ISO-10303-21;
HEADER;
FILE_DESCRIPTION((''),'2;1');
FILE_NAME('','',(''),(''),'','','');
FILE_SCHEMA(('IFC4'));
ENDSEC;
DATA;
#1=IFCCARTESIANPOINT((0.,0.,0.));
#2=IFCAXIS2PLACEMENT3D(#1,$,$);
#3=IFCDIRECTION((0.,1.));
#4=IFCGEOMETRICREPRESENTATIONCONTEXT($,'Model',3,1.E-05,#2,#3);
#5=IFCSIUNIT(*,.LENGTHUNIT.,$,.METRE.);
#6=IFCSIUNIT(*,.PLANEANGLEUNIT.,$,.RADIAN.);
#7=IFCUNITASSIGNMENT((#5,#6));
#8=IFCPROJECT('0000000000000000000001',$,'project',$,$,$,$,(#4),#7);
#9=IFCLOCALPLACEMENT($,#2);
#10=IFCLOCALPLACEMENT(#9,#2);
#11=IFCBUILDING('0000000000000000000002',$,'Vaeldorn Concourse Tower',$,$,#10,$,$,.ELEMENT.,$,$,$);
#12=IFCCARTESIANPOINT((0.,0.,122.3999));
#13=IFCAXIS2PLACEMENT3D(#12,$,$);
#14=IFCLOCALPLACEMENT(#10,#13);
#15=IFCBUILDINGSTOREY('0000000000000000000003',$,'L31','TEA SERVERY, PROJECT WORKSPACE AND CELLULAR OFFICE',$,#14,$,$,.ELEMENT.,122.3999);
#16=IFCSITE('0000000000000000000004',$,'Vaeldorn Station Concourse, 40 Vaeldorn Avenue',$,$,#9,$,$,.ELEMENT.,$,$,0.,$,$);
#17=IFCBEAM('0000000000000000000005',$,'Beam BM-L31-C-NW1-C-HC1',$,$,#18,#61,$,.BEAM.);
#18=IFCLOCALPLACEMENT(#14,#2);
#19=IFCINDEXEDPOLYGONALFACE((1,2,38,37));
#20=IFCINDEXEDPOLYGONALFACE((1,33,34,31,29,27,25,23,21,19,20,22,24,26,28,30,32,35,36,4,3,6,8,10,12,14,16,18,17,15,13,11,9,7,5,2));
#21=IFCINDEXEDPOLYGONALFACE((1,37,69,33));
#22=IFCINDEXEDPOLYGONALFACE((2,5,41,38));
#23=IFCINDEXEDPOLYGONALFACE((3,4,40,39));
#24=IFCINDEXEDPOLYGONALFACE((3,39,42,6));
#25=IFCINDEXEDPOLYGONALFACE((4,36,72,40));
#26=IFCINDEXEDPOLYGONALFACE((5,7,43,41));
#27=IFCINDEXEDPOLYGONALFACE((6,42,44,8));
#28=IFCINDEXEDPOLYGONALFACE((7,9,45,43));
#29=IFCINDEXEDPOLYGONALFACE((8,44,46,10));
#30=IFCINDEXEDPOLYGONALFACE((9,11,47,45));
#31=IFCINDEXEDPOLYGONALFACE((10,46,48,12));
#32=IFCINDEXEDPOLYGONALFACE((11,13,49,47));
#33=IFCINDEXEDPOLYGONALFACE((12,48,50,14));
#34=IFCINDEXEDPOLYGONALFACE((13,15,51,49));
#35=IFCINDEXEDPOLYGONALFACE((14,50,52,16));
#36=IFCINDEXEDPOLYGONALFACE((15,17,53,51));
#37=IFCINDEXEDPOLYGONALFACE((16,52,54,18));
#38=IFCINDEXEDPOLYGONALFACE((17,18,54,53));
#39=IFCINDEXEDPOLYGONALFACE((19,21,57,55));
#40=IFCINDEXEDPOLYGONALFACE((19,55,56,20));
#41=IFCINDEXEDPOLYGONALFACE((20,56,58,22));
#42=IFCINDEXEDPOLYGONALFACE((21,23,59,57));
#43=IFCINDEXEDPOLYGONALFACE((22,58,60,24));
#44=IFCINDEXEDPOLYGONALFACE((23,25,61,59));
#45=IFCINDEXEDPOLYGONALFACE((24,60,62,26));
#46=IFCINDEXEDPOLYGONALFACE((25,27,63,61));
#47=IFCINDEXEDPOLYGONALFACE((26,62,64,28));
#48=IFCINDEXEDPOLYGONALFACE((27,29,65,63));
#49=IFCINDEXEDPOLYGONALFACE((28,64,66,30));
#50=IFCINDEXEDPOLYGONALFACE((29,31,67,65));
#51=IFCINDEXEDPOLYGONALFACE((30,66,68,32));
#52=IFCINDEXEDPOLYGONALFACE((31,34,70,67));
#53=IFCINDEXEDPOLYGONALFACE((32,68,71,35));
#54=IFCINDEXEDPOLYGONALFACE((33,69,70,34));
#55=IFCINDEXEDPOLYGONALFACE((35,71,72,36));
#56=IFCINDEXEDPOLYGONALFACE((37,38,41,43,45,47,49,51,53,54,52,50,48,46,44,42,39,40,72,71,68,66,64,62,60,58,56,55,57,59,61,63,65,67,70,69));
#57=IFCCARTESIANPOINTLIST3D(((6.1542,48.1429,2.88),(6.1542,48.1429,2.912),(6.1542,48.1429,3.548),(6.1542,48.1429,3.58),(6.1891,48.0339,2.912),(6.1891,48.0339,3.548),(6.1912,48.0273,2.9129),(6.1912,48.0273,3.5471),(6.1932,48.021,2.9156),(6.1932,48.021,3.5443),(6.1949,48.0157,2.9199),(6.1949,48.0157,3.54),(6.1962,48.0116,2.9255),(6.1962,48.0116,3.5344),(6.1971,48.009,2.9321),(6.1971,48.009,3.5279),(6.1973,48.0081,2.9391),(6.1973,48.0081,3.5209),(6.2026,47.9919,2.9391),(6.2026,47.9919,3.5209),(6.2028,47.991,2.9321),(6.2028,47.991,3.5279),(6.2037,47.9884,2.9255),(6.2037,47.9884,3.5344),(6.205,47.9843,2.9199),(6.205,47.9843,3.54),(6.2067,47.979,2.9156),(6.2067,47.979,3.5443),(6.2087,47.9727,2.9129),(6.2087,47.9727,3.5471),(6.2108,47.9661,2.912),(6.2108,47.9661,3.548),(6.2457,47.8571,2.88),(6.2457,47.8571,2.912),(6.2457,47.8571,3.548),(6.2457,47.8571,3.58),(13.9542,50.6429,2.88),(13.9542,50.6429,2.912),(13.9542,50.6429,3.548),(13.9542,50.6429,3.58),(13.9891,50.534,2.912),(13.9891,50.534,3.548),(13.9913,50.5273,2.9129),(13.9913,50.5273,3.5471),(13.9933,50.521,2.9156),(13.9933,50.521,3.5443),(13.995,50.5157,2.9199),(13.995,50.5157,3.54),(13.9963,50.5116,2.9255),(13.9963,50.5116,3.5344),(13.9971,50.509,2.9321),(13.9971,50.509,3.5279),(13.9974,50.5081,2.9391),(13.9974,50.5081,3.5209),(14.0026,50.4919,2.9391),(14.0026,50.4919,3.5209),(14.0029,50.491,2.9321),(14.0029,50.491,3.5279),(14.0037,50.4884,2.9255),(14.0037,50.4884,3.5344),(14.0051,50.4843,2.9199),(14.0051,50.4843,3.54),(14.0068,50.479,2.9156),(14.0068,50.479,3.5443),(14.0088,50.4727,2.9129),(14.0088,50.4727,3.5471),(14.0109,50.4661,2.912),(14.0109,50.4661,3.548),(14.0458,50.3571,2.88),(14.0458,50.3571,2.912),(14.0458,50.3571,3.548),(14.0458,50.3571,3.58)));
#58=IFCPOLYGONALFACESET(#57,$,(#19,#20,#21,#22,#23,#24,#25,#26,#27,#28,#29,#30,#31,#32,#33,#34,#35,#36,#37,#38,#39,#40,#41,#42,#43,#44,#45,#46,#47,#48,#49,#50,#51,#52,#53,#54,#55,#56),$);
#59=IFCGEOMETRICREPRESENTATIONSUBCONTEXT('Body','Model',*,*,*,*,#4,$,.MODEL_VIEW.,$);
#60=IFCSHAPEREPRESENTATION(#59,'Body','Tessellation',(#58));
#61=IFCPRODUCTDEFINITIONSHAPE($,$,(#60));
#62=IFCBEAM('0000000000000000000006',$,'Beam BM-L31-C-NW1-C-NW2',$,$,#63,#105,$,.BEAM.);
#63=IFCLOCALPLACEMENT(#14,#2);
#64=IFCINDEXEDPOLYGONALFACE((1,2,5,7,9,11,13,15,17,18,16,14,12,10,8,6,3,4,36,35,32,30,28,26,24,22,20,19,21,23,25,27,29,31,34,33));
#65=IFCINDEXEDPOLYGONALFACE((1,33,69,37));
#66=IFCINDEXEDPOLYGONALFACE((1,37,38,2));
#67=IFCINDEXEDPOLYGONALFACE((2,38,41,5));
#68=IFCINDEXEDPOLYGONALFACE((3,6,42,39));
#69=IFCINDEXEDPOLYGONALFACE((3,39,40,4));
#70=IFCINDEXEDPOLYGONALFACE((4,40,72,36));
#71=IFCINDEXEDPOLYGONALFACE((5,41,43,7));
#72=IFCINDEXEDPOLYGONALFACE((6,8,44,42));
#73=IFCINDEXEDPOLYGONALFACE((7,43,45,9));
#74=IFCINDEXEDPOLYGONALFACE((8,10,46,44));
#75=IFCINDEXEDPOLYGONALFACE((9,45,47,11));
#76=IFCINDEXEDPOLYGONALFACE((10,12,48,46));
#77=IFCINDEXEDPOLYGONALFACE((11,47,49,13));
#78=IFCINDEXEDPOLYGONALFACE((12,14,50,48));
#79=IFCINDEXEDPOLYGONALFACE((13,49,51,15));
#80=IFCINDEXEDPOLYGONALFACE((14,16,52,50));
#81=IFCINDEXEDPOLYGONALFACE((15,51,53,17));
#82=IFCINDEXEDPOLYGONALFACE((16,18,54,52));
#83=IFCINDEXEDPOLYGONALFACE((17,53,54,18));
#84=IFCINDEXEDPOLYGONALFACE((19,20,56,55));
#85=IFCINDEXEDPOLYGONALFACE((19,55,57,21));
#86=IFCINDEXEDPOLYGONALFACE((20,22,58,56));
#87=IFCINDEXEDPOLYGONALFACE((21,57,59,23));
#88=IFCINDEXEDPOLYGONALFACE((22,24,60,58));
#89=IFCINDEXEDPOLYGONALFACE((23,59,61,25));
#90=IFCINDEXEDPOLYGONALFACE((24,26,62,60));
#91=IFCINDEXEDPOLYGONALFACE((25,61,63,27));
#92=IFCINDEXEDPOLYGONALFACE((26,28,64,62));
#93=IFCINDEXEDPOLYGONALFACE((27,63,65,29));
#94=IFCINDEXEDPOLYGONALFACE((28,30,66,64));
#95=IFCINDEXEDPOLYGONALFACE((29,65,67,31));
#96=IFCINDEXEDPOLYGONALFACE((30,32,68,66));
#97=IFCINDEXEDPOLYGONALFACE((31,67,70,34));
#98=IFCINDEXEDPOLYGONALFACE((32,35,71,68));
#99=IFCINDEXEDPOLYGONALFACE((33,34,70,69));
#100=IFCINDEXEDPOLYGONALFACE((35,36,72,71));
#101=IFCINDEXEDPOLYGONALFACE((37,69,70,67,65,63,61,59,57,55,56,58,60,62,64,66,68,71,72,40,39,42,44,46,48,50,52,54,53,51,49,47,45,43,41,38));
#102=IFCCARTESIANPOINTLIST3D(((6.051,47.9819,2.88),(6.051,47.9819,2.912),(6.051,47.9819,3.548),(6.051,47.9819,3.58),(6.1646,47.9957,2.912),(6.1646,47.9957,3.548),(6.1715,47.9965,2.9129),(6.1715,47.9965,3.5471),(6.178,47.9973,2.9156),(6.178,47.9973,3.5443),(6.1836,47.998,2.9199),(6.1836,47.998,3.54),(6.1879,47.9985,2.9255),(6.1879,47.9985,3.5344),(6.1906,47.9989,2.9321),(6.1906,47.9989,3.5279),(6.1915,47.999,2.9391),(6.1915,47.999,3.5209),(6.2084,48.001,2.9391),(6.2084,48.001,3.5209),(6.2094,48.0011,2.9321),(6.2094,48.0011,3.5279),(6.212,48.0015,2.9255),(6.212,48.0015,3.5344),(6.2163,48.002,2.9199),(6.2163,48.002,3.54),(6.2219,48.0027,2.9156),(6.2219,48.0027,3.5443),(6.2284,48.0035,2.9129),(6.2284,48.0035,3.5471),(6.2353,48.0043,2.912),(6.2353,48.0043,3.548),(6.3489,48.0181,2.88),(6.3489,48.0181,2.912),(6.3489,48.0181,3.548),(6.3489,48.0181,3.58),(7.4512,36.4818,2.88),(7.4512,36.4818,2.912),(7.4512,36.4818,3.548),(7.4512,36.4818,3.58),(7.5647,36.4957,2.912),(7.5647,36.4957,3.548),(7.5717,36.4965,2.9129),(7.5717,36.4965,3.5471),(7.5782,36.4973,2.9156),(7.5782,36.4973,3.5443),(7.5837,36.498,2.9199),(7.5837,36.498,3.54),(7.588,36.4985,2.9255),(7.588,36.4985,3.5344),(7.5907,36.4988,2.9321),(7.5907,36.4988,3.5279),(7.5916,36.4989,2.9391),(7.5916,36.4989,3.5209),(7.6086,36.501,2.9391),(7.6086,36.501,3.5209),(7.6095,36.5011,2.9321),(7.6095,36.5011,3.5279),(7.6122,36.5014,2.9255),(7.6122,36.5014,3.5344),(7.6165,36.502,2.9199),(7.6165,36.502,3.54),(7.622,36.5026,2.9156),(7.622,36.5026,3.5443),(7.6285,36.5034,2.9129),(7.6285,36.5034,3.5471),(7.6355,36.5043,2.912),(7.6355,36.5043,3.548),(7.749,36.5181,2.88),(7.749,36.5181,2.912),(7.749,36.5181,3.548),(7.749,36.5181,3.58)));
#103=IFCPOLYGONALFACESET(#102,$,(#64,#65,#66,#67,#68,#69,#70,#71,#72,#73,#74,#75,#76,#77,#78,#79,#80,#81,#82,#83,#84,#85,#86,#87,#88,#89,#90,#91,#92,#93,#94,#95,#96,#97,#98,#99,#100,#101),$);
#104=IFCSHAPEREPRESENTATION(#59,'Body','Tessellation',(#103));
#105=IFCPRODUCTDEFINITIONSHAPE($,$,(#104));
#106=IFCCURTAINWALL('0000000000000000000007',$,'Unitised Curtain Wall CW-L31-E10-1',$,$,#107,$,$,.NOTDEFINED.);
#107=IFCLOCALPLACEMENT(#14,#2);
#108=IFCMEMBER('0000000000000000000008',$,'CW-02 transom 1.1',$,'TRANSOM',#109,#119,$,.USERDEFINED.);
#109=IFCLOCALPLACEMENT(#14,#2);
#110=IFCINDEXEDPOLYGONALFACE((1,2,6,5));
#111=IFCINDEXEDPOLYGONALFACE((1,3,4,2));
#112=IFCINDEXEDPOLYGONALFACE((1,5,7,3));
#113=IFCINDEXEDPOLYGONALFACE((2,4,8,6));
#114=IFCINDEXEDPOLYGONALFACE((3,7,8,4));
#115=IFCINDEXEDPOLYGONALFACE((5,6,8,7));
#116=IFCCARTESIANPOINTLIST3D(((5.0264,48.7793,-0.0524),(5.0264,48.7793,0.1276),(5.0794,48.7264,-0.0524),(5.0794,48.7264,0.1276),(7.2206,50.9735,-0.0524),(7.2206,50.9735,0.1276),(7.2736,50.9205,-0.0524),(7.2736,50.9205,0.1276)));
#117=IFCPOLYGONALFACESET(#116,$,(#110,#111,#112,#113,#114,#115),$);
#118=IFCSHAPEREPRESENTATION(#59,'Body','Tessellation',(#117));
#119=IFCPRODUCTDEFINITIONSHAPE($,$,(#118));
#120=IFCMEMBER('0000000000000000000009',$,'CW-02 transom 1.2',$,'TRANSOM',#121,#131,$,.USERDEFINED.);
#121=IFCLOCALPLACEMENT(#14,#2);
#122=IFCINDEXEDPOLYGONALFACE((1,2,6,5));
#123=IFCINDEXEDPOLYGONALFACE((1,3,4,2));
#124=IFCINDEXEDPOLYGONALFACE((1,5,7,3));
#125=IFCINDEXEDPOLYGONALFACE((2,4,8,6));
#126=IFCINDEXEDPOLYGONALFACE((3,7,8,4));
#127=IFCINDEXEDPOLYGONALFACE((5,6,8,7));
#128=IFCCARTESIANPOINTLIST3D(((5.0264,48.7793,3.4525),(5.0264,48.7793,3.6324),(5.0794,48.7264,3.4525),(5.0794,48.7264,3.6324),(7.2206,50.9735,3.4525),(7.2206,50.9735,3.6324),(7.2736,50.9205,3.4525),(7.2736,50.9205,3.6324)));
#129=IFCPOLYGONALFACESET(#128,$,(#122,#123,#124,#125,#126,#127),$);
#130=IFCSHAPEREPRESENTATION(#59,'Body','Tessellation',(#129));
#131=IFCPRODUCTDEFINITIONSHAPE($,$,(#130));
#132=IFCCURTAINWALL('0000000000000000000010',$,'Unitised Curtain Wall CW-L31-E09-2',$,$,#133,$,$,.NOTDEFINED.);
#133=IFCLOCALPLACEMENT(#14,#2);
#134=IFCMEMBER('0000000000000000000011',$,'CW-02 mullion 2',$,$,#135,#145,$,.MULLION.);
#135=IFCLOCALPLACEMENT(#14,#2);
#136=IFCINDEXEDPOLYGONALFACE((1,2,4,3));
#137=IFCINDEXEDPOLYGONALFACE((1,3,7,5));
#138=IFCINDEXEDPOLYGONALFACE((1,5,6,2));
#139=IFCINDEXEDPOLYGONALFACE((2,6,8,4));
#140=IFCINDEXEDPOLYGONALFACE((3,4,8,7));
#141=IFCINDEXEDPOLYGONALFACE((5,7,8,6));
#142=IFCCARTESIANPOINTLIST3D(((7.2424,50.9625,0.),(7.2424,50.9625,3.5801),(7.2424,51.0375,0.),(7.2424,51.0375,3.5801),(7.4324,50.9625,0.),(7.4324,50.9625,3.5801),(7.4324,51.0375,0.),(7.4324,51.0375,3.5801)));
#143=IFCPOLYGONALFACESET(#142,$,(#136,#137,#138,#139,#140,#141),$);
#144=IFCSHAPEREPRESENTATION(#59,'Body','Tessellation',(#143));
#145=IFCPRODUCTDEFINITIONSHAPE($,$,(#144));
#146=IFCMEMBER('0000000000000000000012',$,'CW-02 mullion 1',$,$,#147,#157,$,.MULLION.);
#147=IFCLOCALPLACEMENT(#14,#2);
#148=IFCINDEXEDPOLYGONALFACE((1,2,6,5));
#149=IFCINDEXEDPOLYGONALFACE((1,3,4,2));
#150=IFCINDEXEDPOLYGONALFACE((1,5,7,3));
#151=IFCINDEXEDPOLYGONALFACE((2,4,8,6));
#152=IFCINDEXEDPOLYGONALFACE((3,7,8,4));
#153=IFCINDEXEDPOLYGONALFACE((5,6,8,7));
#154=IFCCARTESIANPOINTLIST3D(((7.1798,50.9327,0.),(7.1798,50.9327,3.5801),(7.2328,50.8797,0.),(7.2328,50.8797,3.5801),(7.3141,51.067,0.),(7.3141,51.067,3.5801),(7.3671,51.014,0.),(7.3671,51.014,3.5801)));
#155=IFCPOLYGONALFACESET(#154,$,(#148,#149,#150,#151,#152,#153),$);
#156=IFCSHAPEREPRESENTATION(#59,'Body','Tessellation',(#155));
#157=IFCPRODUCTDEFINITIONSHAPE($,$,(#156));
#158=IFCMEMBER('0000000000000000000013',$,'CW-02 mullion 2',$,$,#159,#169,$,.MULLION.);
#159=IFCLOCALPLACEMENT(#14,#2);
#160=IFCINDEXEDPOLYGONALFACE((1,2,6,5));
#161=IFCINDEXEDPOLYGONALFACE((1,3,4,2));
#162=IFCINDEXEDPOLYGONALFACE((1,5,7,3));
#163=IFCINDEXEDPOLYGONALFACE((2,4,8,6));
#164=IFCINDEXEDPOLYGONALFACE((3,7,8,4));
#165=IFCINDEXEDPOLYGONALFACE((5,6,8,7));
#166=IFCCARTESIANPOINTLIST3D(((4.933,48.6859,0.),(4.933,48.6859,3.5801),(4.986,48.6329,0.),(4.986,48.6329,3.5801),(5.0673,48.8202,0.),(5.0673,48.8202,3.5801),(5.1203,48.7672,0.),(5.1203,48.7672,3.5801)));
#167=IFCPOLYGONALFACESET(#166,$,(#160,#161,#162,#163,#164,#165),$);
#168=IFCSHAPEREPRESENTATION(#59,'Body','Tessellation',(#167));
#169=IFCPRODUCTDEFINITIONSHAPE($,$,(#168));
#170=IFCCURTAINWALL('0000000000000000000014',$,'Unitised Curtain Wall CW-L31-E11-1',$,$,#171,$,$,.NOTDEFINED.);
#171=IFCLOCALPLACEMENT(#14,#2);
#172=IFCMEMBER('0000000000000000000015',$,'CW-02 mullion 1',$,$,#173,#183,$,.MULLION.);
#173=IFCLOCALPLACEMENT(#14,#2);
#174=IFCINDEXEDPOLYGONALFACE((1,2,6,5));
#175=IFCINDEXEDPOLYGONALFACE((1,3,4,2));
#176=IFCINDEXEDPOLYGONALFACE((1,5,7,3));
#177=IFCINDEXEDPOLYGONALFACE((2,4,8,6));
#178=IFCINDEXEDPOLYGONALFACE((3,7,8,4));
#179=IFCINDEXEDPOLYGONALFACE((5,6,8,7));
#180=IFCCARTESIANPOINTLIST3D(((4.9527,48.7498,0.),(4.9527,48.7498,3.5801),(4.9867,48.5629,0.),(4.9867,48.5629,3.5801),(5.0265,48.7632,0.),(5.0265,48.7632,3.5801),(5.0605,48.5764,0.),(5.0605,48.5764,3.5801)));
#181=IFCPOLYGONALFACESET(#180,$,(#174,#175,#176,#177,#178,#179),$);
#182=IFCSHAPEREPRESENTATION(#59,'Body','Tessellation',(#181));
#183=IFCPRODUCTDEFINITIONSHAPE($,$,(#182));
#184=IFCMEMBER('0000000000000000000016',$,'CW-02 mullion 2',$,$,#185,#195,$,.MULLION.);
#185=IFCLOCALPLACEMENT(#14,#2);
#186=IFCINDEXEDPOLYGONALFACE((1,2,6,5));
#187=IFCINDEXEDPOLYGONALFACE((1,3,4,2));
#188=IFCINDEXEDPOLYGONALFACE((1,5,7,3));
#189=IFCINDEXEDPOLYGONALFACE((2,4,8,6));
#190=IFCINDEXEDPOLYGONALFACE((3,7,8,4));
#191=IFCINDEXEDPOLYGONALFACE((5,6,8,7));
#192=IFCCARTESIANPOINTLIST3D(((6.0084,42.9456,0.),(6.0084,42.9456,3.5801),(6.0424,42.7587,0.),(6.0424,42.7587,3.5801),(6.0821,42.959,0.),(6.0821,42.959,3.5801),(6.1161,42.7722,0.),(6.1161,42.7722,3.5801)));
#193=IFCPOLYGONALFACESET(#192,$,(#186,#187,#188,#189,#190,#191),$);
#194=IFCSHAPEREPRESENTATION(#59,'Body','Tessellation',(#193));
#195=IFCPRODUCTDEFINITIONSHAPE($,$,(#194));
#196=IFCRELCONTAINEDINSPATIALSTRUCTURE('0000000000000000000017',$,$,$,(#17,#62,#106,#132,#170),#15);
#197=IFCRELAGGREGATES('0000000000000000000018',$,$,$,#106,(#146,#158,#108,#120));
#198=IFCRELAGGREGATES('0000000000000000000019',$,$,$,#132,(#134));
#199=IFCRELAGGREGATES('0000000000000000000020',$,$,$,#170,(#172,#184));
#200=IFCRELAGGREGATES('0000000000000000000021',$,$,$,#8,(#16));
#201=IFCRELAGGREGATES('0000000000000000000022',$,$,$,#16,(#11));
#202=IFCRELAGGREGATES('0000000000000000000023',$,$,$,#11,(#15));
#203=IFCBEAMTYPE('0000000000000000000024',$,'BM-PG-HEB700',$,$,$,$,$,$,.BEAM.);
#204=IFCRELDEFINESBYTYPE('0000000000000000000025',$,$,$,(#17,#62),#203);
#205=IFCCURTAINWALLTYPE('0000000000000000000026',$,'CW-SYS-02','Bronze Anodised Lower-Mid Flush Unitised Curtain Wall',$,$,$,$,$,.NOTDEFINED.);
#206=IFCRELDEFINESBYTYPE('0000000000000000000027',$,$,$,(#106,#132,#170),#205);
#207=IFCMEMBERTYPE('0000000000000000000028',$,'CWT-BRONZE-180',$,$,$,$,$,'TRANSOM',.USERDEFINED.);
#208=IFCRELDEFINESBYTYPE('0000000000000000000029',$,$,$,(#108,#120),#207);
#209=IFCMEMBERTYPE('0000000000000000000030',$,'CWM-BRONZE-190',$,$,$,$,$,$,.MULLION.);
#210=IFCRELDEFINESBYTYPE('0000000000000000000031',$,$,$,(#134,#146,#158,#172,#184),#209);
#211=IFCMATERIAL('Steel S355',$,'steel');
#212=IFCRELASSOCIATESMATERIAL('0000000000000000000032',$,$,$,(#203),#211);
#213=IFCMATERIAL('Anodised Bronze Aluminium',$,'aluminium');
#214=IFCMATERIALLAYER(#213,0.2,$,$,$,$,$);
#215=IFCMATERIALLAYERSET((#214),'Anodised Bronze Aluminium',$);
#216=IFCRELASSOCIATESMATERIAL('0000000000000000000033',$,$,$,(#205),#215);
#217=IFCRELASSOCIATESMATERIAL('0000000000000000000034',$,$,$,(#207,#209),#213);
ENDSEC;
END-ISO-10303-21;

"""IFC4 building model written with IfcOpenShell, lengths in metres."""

from ifc_helpers import new_model, si_unit, direction, frame, origin, origin_2d, place, context, subcontext, project, spatial, rectangle, i_section, extrude, source, transform, mapped, material, layer, layer_set, material_profile, profile_set, type_object, element, aggregate, save


model = new_model("IFC4")

# Units and contexts
model_context = context("Model", 3, precision=1e-05, world=origin(), true_north=direction((0.0, 1.0)))
body_context = subcontext(model_context, "Body", "Model", "MODEL_VIEW")
ifc_project = project(units=[si_unit("LENGTHUNIT", "METRE"), si_unit("PLANEANGLEUNIT", "RADIAN")], contexts=[model_context])

# Site, building, storey
site_placement = place(None, origin())
site = spatial("IfcSite", under=ifc_project, at=site_placement, Name="Vaeldorn Station Concourse, 40 Vaeldorn Avenue", CompositionType="ELEMENT", RefElevation=0.0)
building_placement = place(site_placement, origin())
building = spatial("IfcBuilding", under=site, at=building_placement, Name="Vaeldorn Concourse Tower", CompositionType="ELEMENT")
storey_placement = place(building_placement, frame((0.0, 0.0, 122.3999)))
storey = spatial("IfcBuildingStorey", under=building, at=storey_placement, Name="L31", Description="TEA SERVERY, PROJECT WORKSPACE AND CELLULAR OFFICE", CompositionType="ELEMENT", Elevation=122.3999)

# Beams
ifc_material_1 = material(Name="Steel S355", Category="steel")
ifc_material_profile_1 = material_profile(ifc_material_1, i_section(OverallWidth=0.3, OverallDepth=0.7, WebThickness=0.0171, FlangeThickness=0.032, FilletRadius=0.0271, at=origin_2d()), Name="HEB 700")
ifc_profile_set_1 = profile_set([ifc_material_profile_1], Name="Steel S355")
beam_type_1 = type_object("IfcBeamType", Name="BM-PG-HEB700", PredefinedType="BEAM", material=ifc_profile_set_1)
shared_shape_1 = source(origin(), body_context, "Body", "SweptSolid", [
    extrude(i_section(OverallWidth=0.3, OverallDepth=0.7, WebThickness=0.0171, FlangeThickness=0.032, FilletRadius=0.0271, at=origin_2d()), origin(), (0.0, 0.0, 1.0), 8.1909),
])
beam_1_placement = place(storey_placement, frame((6.2, 48.0, 3.23), z_axis=(0.952283, 0.305217, 0.0), x_axis=(-0.305217, 0.952283, 0.0)))
element("IfcBeam", 1, at=beam_1_placement, inside=storey, type_object=beam_type_1, Name="Beam BM-L31-C-NW1-C-HC1", PredefinedType="BEAM", context=body_context, shape_type="MappedRepresentation", body=[
    mapped(shared_shape_1, transform((0.0, 0.0, 0.0), scale=1.0)),
])
shared_shape_2 = source(origin(), body_context, "Body", "SweptSolid", [
    extrude(i_section(OverallWidth=0.3, OverallDepth=0.7, WebThickness=0.0171, FlangeThickness=0.032, FilletRadius=0.0271, at=origin_2d()), origin(), (0.0, 0.0, 1.0), 11.585),
])
beam_2_placement = place(storey_placement, frame((6.2, 48.0, 3.23), z_axis=(0.120859, -0.99267, 0.0), x_axis=(0.99267, 0.120859, 0.0)))
element("IfcBeam", 2, at=beam_2_placement, inside=storey, type_object=beam_type_1, Name="Beam BM-L31-C-NW1-C-NW2", PredefinedType="BEAM", context=body_context, shape_type="MappedRepresentation", body=[
    mapped(shared_shape_2, transform((0.0, 0.0, 0.0), scale=1.0)),
])

# Curtain wall, members
ifc_material_2 = material(Name="Anodised Bronze Aluminium", Category="aluminium")
ifc_layer_1 = layer(ifc_material_2, 0.2)
ifc_layer_set_1 = layer_set([ifc_layer_1], Name="Anodised Bronze Aluminium")
curtain_wall_type = type_object("IfcCurtainWallType", Name="CW-SYS-02", Description="Bronze Anodised Lower-Mid Flush Unitised Curtain Wall", PredefinedType="NOTDEFINED", material=ifc_layer_set_1)
curtain_wall_1_placement = place(storey_placement, origin())
curtain_wall_1 = element("IfcCurtainWall", 3, at=curtain_wall_1_placement, inside=storey, type_object=curtain_wall_type, Name="Unitised Curtain Wall CW-L31-E10-1", PredefinedType="NOTDEFINED")
ifc_material_profile_2 = material_profile(ifc_material_2, rectangle(XDim=0.075, YDim=0.1799, at=origin_2d()), Name="CWT 75x180")
ifc_profile_set_2 = profile_set([ifc_material_profile_2], Name="Anodised Bronze Aluminium")
member_type_1 = type_object("IfcMemberType", Name="CWT-BRONZE-180", ElementType="TRANSOM", PredefinedType="USERDEFINED", material=ifc_profile_set_2)
shared_shape_3 = source(origin(), body_context, "Body", "SweptSolid", [
    extrude(rectangle(XDim=0.075, YDim=0.1799, at=origin_2d()), origin(), (0.0, 0.0, 1.0), 3.103),
])
member_1_placement = place(storey_placement, frame((7.2471, 50.947, 0.0376), z_axis=(-0.707107, -0.707107, 0.0), x_axis=(0.707107, -0.707107, 0.0)))
member_1 = element("IfcMember", 4, at=member_1_placement, type_object=member_type_1, Name="CW-02 transom 1.1", ObjectType="TRANSOM", PredefinedType="USERDEFINED", context=body_context, shape_type="MappedRepresentation", body=[
    mapped(shared_shape_3, transform((0.0, 0.0, 0.0), scale=1.0)),
])
member_2_placement = place(storey_placement, frame((7.2471, 50.947, 3.5425), z_axis=(-0.707107, -0.707107, 0.0), x_axis=(0.707107, -0.707107, 0.0)))
member_2 = element("IfcMember", 5, at=member_2_placement, type_object=member_type_1, Name="CW-02 transom 1.2", ObjectType="TRANSOM", PredefinedType="USERDEFINED", context=body_context, shape_type="MappedRepresentation", body=[
    mapped(shared_shape_3, transform((0.0, 0.0, 0.0), scale=1.0)),
])

# Curtain wall, member
curtain_wall_2_placement = place(storey_placement, origin())
curtain_wall_2 = element("IfcCurtainWall", 6, at=curtain_wall_2_placement, inside=storey, type_object=curtain_wall_type, Name="Unitised Curtain Wall CW-L31-E09-2", PredefinedType="NOTDEFINED")
ifc_material_profile_3 = material_profile(ifc_material_2, rectangle(XDim=0.075, YDim=0.1899, at=origin_2d()), Name="CWM 75x190")
ifc_profile_set_3 = profile_set([ifc_material_profile_3], Name="Anodised Bronze Aluminium")
member_type_2 = type_object("IfcMemberType", Name="CWM-BRONZE-190", PredefinedType="MULLION", material=ifc_profile_set_3)
shared_shape_4 = source(origin(), body_context, "Body", "SweptSolid", [
    extrude(rectangle(XDim=0.075, YDim=0.1899, at=origin_2d()), origin(), (0.0, 0.0, 1.0), 3.5801),
])
member_3_placement = place(storey_placement, frame((7.3374, 51.0, 0.0), z_axis=(0.0, 0.0, 1.0), x_axis=(0.0, -1.0, 0.0)))
member_3 = element("IfcMember", 7, at=member_3_placement, type_object=member_type_2, Name="CW-02 mullion 2", PredefinedType="MULLION", context=body_context, shape_type="MappedRepresentation", body=[
    mapped(shared_shape_4, transform((0.0, 0.0, 0.0), scale=1.0)),
])

# Members
member_4_placement = place(storey_placement, frame((7.2734, 50.9734, 0.0), z_axis=(0.0, 0.0, 1.0), x_axis=(0.707107, -0.707107, 0.0)))
member_4 = element("IfcMember", 8, at=member_4_placement, type_object=member_type_2, Name="CW-02 mullion 1", PredefinedType="MULLION", context=body_context, shape_type="MappedRepresentation", body=[
    mapped(shared_shape_4, transform((0.0, 0.0, 0.0), scale=1.0)),
])
member_5_placement = place(storey_placement, frame((5.0266, 48.7266, 0.0), z_axis=(0.0, 0.0, 1.0), x_axis=(0.707107, -0.707107, 0.0)))
member_5 = element("IfcMember", 9, at=member_5_placement, type_object=member_type_2, Name="CW-02 mullion 2", PredefinedType="MULLION", context=body_context, shape_type="MappedRepresentation", body=[
    mapped(shared_shape_4, transform((0.0, 0.0, 0.0), scale=1.0)),
])

# Curtain wall, members
curtain_wall_3_placement = place(storey_placement, origin())
curtain_wall_3 = element("IfcCurtainWall", 10, at=curtain_wall_3_placement, inside=storey, type_object=curtain_wall_type, Name="Unitised Curtain Wall CW-L31-E11-1", PredefinedType="NOTDEFINED")
member_6_placement = place(storey_placement, frame((5.0066, 48.6631, 0.0), z_axis=(0.0, 0.0, 1.0), x_axis=(0.98386, 0.178943, 0.0)))
member_6 = element("IfcMember", 11, at=member_6_placement, type_object=member_type_2, Name="CW-02 mullion 1", PredefinedType="MULLION", context=body_context, shape_type="MappedRepresentation", body=[
    mapped(shared_shape_4, transform((0.0, 0.0, 0.0), scale=1.0)),
])
member_7_placement = place(storey_placement, frame((6.0623, 42.8589, 0.0), z_axis=(0.0, 0.0, 1.0), x_axis=(0.98386, 0.178943, 0.0)))
member_7 = element("IfcMember", 12, at=member_7_placement, type_object=member_type_2, Name="CW-02 mullion 2", PredefinedType="MULLION", context=body_context, shape_type="MappedRepresentation", body=[
    mapped(shared_shape_4, transform((0.0, 0.0, 0.0), scale=1.0)),
])

aggregate(curtain_wall_1, [member_4, member_5, member_1, member_2])
aggregate(curtain_wall_2, [member_3])
aggregate(curtain_wall_3, [member_6, member_7])

save(model, "model.ifc")
